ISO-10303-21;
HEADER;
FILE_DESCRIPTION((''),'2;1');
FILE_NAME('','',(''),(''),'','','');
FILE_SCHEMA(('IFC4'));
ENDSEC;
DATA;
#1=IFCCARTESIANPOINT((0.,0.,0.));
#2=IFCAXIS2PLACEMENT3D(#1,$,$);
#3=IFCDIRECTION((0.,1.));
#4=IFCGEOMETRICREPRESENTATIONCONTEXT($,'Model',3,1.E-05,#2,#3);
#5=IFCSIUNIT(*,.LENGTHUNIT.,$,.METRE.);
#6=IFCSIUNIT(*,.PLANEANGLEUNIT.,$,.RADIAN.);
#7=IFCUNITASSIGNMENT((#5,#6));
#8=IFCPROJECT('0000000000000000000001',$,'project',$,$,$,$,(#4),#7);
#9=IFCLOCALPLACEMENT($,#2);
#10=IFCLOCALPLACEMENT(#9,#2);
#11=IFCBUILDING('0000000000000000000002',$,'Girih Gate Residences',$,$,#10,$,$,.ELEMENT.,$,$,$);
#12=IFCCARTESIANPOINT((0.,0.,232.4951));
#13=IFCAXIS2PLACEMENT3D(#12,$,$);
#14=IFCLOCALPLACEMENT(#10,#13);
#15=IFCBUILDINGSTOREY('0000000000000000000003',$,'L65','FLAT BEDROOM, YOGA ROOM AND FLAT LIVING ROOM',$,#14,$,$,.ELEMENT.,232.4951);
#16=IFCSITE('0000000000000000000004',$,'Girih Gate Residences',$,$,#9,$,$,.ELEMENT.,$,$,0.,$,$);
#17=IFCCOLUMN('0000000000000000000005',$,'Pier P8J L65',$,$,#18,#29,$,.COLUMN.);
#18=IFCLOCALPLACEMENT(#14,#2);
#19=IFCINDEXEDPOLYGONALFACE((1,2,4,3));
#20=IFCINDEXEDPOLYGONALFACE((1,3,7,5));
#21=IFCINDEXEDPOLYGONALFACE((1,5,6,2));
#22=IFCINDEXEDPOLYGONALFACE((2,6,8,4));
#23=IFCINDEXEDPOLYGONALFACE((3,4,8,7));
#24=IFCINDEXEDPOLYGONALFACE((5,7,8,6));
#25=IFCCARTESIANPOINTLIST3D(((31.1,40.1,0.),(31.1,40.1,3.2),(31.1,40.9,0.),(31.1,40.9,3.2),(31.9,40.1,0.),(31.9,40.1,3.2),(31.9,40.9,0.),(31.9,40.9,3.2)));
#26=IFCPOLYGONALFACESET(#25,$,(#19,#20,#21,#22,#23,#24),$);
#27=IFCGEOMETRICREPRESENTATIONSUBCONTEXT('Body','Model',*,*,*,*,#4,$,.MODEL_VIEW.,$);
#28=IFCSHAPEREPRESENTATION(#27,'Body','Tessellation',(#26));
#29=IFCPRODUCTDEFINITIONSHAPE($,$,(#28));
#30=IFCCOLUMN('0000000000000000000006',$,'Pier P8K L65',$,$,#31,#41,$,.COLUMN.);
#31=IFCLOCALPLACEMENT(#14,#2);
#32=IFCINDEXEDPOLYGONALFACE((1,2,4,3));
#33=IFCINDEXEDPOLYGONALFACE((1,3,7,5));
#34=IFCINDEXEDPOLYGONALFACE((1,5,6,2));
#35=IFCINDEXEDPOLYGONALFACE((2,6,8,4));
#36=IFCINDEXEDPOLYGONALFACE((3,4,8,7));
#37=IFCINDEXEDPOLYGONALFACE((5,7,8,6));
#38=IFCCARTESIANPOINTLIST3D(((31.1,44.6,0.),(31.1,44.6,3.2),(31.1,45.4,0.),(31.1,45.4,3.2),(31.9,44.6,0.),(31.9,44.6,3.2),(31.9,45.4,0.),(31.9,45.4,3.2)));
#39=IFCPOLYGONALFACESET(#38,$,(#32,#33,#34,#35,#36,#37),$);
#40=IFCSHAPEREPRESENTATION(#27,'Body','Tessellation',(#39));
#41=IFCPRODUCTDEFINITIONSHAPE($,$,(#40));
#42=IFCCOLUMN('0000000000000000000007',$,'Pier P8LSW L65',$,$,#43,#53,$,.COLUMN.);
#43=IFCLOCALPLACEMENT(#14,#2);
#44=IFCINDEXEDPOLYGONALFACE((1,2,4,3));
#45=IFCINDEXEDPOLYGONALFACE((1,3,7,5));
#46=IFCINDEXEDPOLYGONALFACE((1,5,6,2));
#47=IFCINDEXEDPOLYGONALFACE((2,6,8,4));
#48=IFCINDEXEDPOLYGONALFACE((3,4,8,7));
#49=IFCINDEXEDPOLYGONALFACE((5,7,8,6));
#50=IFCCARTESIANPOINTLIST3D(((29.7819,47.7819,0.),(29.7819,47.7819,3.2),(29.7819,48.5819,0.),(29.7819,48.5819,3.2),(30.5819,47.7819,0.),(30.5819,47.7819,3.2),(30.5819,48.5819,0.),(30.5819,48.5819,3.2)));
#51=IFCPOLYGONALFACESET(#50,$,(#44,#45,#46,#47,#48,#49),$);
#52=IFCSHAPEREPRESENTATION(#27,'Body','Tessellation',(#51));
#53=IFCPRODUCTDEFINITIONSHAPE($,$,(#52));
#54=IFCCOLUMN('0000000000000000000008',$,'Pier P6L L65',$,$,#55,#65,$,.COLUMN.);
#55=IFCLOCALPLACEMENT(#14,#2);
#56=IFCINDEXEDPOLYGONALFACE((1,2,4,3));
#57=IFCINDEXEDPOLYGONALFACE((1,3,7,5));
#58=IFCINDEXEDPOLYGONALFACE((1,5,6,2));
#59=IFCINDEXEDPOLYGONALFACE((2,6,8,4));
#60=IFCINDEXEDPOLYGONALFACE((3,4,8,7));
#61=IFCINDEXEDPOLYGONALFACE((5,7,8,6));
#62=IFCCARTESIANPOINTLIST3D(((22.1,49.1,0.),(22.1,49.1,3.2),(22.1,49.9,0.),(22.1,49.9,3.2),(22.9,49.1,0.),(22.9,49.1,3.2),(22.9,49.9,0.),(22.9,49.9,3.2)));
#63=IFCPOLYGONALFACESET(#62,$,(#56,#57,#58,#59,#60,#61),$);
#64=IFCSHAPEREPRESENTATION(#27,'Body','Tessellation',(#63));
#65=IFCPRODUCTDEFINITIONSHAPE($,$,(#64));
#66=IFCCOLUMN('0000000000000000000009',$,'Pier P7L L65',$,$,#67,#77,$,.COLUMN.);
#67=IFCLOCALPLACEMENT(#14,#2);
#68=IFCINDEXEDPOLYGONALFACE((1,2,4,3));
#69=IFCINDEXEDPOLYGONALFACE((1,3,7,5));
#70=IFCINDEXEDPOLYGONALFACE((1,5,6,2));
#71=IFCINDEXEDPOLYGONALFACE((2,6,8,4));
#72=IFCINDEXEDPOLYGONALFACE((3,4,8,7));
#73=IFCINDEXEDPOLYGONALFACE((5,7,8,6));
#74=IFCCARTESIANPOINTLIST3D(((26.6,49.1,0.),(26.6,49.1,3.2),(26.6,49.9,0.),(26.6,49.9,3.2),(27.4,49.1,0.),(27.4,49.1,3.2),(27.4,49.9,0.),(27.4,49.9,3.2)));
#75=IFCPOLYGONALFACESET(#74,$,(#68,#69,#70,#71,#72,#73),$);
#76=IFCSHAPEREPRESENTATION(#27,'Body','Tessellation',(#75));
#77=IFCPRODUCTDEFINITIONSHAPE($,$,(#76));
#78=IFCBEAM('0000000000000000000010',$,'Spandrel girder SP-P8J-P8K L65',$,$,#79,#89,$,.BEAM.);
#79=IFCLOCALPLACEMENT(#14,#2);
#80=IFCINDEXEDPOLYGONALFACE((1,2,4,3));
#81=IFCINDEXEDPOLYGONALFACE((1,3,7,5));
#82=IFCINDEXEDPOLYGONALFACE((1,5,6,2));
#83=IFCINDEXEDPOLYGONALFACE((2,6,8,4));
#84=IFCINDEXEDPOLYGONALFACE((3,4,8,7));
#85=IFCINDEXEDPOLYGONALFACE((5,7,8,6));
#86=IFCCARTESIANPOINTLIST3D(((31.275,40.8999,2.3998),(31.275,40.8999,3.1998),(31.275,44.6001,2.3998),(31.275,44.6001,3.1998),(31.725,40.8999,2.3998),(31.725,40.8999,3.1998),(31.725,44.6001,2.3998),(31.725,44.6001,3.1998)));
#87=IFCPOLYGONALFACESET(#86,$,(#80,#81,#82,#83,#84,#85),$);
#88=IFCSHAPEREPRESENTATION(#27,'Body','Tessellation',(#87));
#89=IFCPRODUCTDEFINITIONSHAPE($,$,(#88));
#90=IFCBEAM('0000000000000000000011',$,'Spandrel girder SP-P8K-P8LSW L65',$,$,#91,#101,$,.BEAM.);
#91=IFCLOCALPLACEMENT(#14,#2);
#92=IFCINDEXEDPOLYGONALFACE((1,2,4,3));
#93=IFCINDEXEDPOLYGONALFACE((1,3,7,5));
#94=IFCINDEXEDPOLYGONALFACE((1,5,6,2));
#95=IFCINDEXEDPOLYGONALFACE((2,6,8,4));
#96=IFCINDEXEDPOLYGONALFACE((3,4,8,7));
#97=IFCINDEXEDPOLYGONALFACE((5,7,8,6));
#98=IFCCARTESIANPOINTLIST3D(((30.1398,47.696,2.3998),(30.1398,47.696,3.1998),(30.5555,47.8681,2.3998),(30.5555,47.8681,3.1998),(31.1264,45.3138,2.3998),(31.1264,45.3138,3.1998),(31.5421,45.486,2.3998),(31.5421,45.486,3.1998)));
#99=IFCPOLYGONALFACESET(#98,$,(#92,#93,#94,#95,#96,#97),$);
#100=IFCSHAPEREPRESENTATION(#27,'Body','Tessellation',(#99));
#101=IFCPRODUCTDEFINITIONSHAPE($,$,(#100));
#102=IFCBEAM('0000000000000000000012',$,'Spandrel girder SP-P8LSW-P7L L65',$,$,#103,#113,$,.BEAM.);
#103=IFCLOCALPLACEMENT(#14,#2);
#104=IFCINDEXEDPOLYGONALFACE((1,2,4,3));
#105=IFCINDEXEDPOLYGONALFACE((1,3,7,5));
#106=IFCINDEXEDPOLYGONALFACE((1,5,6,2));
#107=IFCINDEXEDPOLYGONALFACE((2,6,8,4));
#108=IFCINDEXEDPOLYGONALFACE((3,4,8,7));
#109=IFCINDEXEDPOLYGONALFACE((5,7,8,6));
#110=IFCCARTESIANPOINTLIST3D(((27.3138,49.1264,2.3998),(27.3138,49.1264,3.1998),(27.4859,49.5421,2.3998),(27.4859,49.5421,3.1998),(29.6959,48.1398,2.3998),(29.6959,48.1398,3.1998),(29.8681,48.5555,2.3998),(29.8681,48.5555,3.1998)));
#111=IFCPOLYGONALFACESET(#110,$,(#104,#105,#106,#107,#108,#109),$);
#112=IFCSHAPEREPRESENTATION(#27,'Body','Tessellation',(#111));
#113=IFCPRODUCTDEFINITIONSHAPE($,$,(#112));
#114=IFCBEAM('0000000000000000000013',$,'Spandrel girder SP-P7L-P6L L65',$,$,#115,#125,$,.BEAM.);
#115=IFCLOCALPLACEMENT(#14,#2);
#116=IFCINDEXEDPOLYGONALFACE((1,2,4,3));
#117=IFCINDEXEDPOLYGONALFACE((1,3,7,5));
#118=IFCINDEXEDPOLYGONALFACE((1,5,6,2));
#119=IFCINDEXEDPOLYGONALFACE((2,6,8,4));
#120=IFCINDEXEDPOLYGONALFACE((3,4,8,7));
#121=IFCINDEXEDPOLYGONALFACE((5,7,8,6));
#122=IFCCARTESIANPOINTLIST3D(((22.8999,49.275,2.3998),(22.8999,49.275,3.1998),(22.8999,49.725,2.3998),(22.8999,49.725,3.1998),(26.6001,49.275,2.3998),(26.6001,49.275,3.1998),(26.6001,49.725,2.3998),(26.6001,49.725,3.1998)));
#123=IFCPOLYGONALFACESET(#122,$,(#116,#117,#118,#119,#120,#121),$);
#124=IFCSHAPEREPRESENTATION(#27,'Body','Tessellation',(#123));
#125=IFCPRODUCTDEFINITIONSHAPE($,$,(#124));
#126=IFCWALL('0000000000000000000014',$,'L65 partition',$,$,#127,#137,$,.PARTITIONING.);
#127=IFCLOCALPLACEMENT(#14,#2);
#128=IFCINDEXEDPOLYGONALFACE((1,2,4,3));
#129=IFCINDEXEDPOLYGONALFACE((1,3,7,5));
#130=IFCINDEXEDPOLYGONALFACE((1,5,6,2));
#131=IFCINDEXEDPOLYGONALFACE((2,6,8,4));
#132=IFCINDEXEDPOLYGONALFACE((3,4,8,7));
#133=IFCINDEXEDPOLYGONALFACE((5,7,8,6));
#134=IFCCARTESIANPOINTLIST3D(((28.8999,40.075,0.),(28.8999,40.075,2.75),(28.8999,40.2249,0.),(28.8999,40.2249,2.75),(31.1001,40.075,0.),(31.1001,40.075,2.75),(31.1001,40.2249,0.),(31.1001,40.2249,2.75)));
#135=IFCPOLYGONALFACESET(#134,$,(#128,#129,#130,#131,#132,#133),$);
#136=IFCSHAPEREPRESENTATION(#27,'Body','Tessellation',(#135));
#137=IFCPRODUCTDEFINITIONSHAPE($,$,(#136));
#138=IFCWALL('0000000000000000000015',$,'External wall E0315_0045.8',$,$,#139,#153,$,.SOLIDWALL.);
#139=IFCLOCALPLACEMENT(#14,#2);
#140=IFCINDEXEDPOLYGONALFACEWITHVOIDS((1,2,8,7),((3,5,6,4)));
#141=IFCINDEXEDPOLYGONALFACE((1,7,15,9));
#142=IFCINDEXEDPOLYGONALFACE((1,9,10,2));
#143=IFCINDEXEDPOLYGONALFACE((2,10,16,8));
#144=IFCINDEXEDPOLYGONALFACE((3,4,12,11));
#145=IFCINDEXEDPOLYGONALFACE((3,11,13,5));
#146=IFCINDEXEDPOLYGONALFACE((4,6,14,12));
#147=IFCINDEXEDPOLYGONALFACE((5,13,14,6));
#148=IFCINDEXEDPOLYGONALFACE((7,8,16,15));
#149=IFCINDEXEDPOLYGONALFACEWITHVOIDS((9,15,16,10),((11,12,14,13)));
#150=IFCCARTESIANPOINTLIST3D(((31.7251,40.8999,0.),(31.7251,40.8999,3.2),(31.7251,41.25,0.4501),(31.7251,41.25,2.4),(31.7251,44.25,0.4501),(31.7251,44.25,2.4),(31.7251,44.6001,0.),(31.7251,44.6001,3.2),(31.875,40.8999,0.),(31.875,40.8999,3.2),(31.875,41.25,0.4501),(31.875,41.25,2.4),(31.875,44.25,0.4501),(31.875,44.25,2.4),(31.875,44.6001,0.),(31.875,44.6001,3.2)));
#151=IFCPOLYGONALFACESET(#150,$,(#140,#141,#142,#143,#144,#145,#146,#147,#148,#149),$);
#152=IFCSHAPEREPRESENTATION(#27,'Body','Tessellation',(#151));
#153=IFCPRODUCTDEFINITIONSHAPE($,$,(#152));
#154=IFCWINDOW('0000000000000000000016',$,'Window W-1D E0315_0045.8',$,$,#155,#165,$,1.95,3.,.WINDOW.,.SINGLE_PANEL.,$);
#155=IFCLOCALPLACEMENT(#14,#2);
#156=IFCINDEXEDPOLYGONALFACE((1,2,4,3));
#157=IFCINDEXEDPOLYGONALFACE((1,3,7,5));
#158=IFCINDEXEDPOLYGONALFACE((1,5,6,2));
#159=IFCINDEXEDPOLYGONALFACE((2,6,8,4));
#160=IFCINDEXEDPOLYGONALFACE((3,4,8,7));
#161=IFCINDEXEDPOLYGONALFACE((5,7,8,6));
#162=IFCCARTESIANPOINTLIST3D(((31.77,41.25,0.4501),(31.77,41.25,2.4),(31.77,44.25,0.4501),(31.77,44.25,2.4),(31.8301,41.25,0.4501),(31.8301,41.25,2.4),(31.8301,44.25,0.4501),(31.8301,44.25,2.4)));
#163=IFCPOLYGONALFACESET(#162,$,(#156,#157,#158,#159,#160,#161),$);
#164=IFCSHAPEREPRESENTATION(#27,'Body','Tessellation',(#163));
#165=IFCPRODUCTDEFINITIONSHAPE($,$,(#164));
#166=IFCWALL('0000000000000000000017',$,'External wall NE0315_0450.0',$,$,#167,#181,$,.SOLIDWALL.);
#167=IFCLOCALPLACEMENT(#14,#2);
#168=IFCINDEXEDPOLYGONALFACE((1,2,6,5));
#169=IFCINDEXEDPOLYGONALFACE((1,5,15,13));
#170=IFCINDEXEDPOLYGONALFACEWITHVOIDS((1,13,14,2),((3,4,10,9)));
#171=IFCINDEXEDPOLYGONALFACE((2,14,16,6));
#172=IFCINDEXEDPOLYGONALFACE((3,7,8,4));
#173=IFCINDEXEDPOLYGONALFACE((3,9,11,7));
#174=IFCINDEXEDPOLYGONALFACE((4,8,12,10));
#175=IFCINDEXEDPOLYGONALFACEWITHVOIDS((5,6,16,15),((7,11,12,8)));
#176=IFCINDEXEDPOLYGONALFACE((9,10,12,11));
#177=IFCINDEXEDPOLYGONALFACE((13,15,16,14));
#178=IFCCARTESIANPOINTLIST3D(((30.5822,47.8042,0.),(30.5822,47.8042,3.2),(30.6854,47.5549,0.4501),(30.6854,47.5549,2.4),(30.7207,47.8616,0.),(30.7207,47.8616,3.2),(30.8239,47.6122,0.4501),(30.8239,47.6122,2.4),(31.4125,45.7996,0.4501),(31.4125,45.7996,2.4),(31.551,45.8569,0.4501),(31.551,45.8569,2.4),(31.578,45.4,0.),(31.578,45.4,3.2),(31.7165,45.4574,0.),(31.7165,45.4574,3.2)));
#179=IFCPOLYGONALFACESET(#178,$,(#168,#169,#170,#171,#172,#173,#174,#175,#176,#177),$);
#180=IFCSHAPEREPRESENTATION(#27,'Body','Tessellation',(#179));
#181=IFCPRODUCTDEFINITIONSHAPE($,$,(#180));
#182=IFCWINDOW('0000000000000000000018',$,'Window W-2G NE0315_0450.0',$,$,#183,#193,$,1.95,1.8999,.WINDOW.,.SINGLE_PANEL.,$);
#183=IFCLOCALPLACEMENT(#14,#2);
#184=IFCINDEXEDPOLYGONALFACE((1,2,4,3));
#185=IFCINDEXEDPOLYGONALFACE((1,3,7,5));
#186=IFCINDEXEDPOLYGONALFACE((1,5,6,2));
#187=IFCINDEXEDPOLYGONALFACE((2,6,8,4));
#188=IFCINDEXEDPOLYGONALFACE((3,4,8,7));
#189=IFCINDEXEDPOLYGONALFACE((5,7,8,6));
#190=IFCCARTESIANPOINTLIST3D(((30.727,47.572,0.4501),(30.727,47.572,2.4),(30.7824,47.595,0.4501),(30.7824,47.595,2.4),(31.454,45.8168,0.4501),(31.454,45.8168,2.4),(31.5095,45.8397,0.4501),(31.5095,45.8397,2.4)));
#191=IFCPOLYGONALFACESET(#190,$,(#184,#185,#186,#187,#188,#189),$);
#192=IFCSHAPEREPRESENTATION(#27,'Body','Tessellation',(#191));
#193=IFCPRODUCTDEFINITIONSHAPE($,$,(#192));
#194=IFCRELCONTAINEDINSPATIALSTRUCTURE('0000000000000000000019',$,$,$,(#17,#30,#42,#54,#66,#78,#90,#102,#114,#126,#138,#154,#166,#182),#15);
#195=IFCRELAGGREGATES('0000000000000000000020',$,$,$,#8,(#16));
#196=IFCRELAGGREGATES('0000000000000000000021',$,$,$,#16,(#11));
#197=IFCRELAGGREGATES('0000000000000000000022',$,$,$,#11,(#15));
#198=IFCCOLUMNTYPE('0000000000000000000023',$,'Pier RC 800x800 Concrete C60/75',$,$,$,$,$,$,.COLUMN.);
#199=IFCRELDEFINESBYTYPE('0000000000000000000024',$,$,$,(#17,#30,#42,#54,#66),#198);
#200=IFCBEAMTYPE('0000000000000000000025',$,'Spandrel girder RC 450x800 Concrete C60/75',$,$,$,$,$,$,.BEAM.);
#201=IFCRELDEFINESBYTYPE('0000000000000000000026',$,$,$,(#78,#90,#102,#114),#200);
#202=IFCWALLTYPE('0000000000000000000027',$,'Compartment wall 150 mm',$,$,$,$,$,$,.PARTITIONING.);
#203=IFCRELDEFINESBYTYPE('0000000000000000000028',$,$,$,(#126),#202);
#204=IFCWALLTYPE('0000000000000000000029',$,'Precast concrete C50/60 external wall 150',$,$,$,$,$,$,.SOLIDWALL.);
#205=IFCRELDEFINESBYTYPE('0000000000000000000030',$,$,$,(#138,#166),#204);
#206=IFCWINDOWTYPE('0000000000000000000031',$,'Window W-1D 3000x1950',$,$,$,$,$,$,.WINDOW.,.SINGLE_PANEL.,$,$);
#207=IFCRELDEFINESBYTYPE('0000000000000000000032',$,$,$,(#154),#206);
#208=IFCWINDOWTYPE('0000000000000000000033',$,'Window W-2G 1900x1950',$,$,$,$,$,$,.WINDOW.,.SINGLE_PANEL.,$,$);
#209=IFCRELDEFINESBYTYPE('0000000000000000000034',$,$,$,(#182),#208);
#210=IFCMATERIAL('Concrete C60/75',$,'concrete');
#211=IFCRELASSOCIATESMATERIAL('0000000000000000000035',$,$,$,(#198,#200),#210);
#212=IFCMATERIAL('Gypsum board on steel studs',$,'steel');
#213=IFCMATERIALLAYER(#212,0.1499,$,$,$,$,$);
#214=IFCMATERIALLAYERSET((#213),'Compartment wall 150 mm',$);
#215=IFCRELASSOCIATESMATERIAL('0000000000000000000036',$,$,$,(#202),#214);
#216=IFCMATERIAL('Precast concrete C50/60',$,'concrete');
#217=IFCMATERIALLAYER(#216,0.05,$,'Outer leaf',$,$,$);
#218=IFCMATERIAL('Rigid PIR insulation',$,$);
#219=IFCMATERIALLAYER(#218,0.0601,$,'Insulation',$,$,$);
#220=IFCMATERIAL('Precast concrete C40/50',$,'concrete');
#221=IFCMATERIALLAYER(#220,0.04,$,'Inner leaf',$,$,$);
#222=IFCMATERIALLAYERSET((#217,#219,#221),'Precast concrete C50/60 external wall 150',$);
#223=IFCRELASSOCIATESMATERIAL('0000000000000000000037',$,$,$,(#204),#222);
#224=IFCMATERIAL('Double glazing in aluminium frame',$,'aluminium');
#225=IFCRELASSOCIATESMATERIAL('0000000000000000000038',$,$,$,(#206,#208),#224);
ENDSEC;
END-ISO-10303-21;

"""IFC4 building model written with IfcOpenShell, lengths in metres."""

from ifc_helpers import new_model, si_unit, direction, frame, frame_2d, origin, origin_2d, place, context, subcontext, project, spatial, rectangle, extrude, material, layer, layer_set, material_profile, profile_set, type_object, element, fill, save


model = new_model("IFC4")

# Units and contexts
model_context = context("Model", 3, precision=1e-05, world=origin(), true_north=direction((0.0, 1.0)))
body_context = subcontext(model_context, "Body", "Model", "MODEL_VIEW")
ifc_project = project(units=[si_unit("LENGTHUNIT", "METRE"), si_unit("PLANEANGLEUNIT", "RADIAN")], contexts=[model_context])

# Site, building, storey
site_placement = place(None, origin())
site = spatial("IfcSite", under=ifc_project, at=site_placement, Name="Girih Gate Residences", CompositionType="ELEMENT", RefElevation=0.0)
building_placement = place(site_placement, origin())
building = spatial("IfcBuilding", under=site, at=building_placement, Name="Girih Gate Residences", CompositionType="ELEMENT")
storey_placement = place(building_placement, frame((0.0, 0.0, 232.4951)))
storey = spatial("IfcBuildingStorey", under=building, at=storey_placement, Name="L65", Description="FLAT BEDROOM, YOGA ROOM AND FLAT LIVING ROOM", CompositionType="ELEMENT", Elevation=232.4951)

# Columns
ifc_material_1 = material(Name="Concrete C60/75", Category="concrete")
ifc_material_profile_1 = material_profile(ifc_material_1, rectangle(XDim=0.8, YDim=0.8, at=origin_2d()))
ifc_profile_set_1 = profile_set([ifc_material_profile_1], Name="Concrete C60/75")
column_type = type_object("IfcColumnType", Name="Pier RC 800x800 Concrete C60/75", PredefinedType="COLUMN", material=ifc_profile_set_1)
for number, where, z_axis, x_axis, name in (
    (1, (31.5, 40.5, 0.0), (0.0, 0.0, 1.0), (1.0, 0.0, 0.0), "Pier P8J L65"),
    (2, (31.5, 45.0, 0.0), (0.0, 0.0, 1.0), (1.0, 0.0, 0.0), "Pier P8K L65"),
    (3, (30.1819, 48.1819, 0.0), (0.0, 0.0, 1.0), (1.0, 0.0, 0.0), "Pier P8LSW L65"),
    (4, (22.5, 49.5, 0.0), (0.0, 0.0, 1.0), (1.0, 0.0, 0.0), "Pier P6L L65"),
    (5, (27.0, 49.5, 0.0), (0.0, 0.0, 1.0), (1.0, 0.0, 0.0), "Pier P7L L65"),
):
    element("IfcColumn", number, at=place(storey_placement, frame(where, z_axis=z_axis, x_axis=x_axis)), inside=storey, type_object=column_type, Name=name, PredefinedType="COLUMN", context=body_context, shape_type="SweptSolid", body=[
        extrude(rectangle(XDim=0.8, YDim=0.8, at=origin_2d()), origin(), (0.0, 0.0, 1.0), 3.2),
    ])

# Beams
ifc_material_profile_2 = material_profile(ifc_material_1, rectangle(XDim=0.45, YDim=0.8, at=origin_2d()))
ifc_profile_set_2 = profile_set([ifc_material_profile_2], Name="Concrete C60/75")
beam_type = type_object("IfcBeamType", Name="Spandrel girder RC 450x800 Concrete C60/75", PredefinedType="BEAM", material=ifc_profile_set_2)
beam_1_placement = place(storey_placement, frame((31.5, 40.8999, 2.7998), z_axis=(0.0, 1.0, 0.0), x_axis=(-1.0, 0.0, 0.0)))
element("IfcBeam", 6, at=beam_1_placement, inside=storey, type_object=beam_type, Name="Spandrel girder SP-P8J-P8K L65", PredefinedType="BEAM", context=body_context, shape_type="SweptSolid", body=[
    extrude(rectangle(XDim=0.45, YDim=0.8, at=origin_2d()), origin(), (0.0, 0.0, 1.0), 3.7002),
])
for number, where, z_axis, x_axis, name in (
    (7, (31.3342, 45.3999, 2.7998), (-0.382644, 0.923896, 0.0), (-0.923896, -0.382644, 0.0), "Spandrel girder SP-P8K-P8LSW L65"),
    (8, (29.782, 48.3477, 2.7998), (-0.923896, 0.382644, 0.0), (-0.382644, -0.923896, 0.0), "Spandrel girder SP-P8LSW-P7L L65"),
):
    element("IfcBeam", number, at=place(storey_placement, frame(where, z_axis=z_axis, x_axis=x_axis)), inside=storey, type_object=beam_type, Name=name, PredefinedType="BEAM", context=body_context, shape_type="SweptSolid", body=[
        extrude(rectangle(XDim=0.45, YDim=0.8, at=origin_2d()), origin(), (0.0, 0.0, 1.0), 2.5784),
    ])
beam_2_placement = place(storey_placement, frame((26.6001, 49.5, 2.7998), z_axis=(-1.0, 0.0, 0.0), x_axis=(0.0, -1.0, 0.0)))
element("IfcBeam", 9, at=beam_2_placement, inside=storey, type_object=beam_type, Name="Spandrel girder SP-P7L-P6L L65", PredefinedType="BEAM", context=body_context, shape_type="SweptSolid", body=[
    extrude(rectangle(XDim=0.45, YDim=0.8, at=origin_2d()), origin(), (0.0, 0.0, 1.0), 3.7002),
])

# Wall
ifc_material_2 = material(Name="Gypsum board on steel studs", Category="steel")
ifc_layer_1 = layer(ifc_material_2, 0.1499)
ifc_layer_set_1 = layer_set([ifc_layer_1], Name="Compartment wall 150 mm")
wall_type_1 = type_object("IfcWallType", Name="Compartment wall 150 mm", PredefinedType="PARTITIONING", material=ifc_layer_set_1)
wall_1_placement = place(storey_placement, frame((28.8999, 40.1499, 0.0), z_axis=(0.0, 0.0, 1.0), x_axis=(1.0, 0.0, 0.0)))
element("IfcWall", 10, at=wall_1_placement, inside=storey, type_object=wall_type_1, Name="L65 partition", PredefinedType="PARTITIONING", context=body_context, shape_type="SweptSolid", body=[
    extrude(rectangle(XDim=2.2002, YDim=0.1499, at=frame_2d((1.1001, 0.0))), origin(), (0.0, 0.0, 1.0), 2.75),
])

# Walls, openings, windows
ifc_material_3 = material(Name="Precast concrete C50/60", Category="concrete")
ifc_layer_2 = layer(ifc_material_3, 0.05, Name="Outer leaf")
ifc_material_4 = material(Name="Rigid PIR insulation")
ifc_layer_3 = layer(ifc_material_4, 0.0601, Name="Insulation")
ifc_material_5 = material(Name="Precast concrete C40/50", Category="concrete")
ifc_layer_4 = layer(ifc_material_5, 0.04, Name="Inner leaf")
ifc_layer_set_2 = layer_set([ifc_layer_2, ifc_layer_3, ifc_layer_4], Name="Precast concrete C50/60 external wall 150")
wall_type_2 = type_object("IfcWallType", Name="Precast concrete C50/60 external wall 150", PredefinedType="SOLIDWALL", material=ifc_layer_set_2)
wall_2_placement = place(storey_placement, frame((31.8, 44.6001, 0.0), z_axis=(0.0, 0.0, 1.0), x_axis=(0.0, -1.0, 0.0)))
wall_2 = element("IfcWall", 11, at=wall_2_placement, inside=storey, type_object=wall_type_2, Name="External wall E0315_0045.8", PredefinedType="SOLIDWALL", context=body_context, shape_type="SweptSolid", body=[
    extrude(rectangle(XDim=3.7002, YDim=0.1499, at=frame_2d((1.8501, 0.0))), origin(), (0.0, 0.0, 1.0), 3.2),
])
opening_1_placement = place(wall_2_placement, frame((0.3501, 0.0, 0.45)))
opening_1 = element("IfcOpeningElement", 12, at=opening_1_placement, cuts=wall_2, PredefinedType="OPENING", context=body_context, shape_type="SweptSolid", body=[
    extrude(rectangle(XDim=3.0, YDim=1.95, at=frame_2d((1.5, 0.9751))), frame((0.0, 0.085, 0.0), z_axis=(0.0, -1.0, 0.0), x_axis=(1.0, 0.0, 0.0)), (0.0, 0.0, 1.0), 0.1699),
])
ifc_material_6 = material(Name="Double glazing in aluminium frame", Category="aluminium")
window_type_1 = type_object("IfcWindowType", Name="Window W-1D 3000x1950", PartitioningType="SINGLE_PANEL", PredefinedType="WINDOW", material=ifc_material_6)
window_1_placement = place(opening_1_placement, origin())
window_1 = element("IfcWindow", 13, at=window_1_placement, inside=storey, type_object=window_type_1, Name="Window W-1D E0315_0045.8", OverallHeight=1.95, OverallWidth=3.0, PartitioningType="SINGLE_PANEL", PredefinedType="WINDOW", context=body_context, shape_type="SweptSolid", body=[
    extrude(rectangle(XDim=3.0, YDim=1.95, at=frame_2d((1.5, 0.9751))), frame((0.0, 0.03, 0.0), z_axis=(0.0, -1.0, 0.0), x_axis=(1.0, 0.0, 0.0)), (0.0, 0.0, 1.0), 0.0601),
])
fill(opening_1, window_1)
wall_3_placement = place(storey_placement, frame((30.6514, 47.833, 0.0), z_axis=(0.0, 0.0, 1.0), x_axis=(0.382669, -0.923885, 0.0)))
wall_3 = element("IfcWall", 14, at=wall_3_placement, inside=storey, type_object=wall_type_2, Name="External wall NE0315_0450.0", PredefinedType="SOLIDWALL", context=body_context, shape_type="SweptSolid", body=[
    extrude(rectangle(XDim=2.6023, YDim=0.1499, at=frame_2d((1.3013, 0.0))), origin(), (0.0, 0.0, 1.0), 3.2),
])
opening_2_placement = place(wall_3_placement, frame((0.27, 0.0, 0.45)))
opening_2 = element("IfcOpeningElement", 15, at=opening_2_placement, cuts=wall_3, PredefinedType="OPENING", context=body_context, shape_type="SweptSolid", body=[
    extrude(rectangle(XDim=1.8999, YDim=1.95, at=frame_2d((0.95, 0.9751))), frame((0.0, 0.085, 0.0), z_axis=(0.0, -1.0, 0.0), x_axis=(1.0, 0.0, 0.0)), (0.0, 0.0, 1.0), 0.1699),
])
window_type_2 = type_object("IfcWindowType", Name="Window W-2G 1900x1950", PartitioningType="SINGLE_PANEL", PredefinedType="WINDOW", material=ifc_material_6)
window_2_placement = place(opening_2_placement, origin())
window_2 = element("IfcWindow", 16, at=window_2_placement, inside=storey, type_object=window_type_2, Name="Window W-2G NE0315_0450.0", OverallHeight=1.95, OverallWidth=1.8999, PartitioningType="SINGLE_PANEL", PredefinedType="WINDOW", context=body_context, shape_type="SweptSolid", body=[
    extrude(rectangle(XDim=1.8999, YDim=1.95, at=frame_2d((0.95, 0.9751))), frame((0.0, 0.03, 0.0), z_axis=(0.0, -1.0, 0.0), x_axis=(1.0, 0.0, 0.0)), (0.0, 0.0, 1.0), 0.0601),
])
fill(opening_2, window_2)

save(model, "model.ifc")
